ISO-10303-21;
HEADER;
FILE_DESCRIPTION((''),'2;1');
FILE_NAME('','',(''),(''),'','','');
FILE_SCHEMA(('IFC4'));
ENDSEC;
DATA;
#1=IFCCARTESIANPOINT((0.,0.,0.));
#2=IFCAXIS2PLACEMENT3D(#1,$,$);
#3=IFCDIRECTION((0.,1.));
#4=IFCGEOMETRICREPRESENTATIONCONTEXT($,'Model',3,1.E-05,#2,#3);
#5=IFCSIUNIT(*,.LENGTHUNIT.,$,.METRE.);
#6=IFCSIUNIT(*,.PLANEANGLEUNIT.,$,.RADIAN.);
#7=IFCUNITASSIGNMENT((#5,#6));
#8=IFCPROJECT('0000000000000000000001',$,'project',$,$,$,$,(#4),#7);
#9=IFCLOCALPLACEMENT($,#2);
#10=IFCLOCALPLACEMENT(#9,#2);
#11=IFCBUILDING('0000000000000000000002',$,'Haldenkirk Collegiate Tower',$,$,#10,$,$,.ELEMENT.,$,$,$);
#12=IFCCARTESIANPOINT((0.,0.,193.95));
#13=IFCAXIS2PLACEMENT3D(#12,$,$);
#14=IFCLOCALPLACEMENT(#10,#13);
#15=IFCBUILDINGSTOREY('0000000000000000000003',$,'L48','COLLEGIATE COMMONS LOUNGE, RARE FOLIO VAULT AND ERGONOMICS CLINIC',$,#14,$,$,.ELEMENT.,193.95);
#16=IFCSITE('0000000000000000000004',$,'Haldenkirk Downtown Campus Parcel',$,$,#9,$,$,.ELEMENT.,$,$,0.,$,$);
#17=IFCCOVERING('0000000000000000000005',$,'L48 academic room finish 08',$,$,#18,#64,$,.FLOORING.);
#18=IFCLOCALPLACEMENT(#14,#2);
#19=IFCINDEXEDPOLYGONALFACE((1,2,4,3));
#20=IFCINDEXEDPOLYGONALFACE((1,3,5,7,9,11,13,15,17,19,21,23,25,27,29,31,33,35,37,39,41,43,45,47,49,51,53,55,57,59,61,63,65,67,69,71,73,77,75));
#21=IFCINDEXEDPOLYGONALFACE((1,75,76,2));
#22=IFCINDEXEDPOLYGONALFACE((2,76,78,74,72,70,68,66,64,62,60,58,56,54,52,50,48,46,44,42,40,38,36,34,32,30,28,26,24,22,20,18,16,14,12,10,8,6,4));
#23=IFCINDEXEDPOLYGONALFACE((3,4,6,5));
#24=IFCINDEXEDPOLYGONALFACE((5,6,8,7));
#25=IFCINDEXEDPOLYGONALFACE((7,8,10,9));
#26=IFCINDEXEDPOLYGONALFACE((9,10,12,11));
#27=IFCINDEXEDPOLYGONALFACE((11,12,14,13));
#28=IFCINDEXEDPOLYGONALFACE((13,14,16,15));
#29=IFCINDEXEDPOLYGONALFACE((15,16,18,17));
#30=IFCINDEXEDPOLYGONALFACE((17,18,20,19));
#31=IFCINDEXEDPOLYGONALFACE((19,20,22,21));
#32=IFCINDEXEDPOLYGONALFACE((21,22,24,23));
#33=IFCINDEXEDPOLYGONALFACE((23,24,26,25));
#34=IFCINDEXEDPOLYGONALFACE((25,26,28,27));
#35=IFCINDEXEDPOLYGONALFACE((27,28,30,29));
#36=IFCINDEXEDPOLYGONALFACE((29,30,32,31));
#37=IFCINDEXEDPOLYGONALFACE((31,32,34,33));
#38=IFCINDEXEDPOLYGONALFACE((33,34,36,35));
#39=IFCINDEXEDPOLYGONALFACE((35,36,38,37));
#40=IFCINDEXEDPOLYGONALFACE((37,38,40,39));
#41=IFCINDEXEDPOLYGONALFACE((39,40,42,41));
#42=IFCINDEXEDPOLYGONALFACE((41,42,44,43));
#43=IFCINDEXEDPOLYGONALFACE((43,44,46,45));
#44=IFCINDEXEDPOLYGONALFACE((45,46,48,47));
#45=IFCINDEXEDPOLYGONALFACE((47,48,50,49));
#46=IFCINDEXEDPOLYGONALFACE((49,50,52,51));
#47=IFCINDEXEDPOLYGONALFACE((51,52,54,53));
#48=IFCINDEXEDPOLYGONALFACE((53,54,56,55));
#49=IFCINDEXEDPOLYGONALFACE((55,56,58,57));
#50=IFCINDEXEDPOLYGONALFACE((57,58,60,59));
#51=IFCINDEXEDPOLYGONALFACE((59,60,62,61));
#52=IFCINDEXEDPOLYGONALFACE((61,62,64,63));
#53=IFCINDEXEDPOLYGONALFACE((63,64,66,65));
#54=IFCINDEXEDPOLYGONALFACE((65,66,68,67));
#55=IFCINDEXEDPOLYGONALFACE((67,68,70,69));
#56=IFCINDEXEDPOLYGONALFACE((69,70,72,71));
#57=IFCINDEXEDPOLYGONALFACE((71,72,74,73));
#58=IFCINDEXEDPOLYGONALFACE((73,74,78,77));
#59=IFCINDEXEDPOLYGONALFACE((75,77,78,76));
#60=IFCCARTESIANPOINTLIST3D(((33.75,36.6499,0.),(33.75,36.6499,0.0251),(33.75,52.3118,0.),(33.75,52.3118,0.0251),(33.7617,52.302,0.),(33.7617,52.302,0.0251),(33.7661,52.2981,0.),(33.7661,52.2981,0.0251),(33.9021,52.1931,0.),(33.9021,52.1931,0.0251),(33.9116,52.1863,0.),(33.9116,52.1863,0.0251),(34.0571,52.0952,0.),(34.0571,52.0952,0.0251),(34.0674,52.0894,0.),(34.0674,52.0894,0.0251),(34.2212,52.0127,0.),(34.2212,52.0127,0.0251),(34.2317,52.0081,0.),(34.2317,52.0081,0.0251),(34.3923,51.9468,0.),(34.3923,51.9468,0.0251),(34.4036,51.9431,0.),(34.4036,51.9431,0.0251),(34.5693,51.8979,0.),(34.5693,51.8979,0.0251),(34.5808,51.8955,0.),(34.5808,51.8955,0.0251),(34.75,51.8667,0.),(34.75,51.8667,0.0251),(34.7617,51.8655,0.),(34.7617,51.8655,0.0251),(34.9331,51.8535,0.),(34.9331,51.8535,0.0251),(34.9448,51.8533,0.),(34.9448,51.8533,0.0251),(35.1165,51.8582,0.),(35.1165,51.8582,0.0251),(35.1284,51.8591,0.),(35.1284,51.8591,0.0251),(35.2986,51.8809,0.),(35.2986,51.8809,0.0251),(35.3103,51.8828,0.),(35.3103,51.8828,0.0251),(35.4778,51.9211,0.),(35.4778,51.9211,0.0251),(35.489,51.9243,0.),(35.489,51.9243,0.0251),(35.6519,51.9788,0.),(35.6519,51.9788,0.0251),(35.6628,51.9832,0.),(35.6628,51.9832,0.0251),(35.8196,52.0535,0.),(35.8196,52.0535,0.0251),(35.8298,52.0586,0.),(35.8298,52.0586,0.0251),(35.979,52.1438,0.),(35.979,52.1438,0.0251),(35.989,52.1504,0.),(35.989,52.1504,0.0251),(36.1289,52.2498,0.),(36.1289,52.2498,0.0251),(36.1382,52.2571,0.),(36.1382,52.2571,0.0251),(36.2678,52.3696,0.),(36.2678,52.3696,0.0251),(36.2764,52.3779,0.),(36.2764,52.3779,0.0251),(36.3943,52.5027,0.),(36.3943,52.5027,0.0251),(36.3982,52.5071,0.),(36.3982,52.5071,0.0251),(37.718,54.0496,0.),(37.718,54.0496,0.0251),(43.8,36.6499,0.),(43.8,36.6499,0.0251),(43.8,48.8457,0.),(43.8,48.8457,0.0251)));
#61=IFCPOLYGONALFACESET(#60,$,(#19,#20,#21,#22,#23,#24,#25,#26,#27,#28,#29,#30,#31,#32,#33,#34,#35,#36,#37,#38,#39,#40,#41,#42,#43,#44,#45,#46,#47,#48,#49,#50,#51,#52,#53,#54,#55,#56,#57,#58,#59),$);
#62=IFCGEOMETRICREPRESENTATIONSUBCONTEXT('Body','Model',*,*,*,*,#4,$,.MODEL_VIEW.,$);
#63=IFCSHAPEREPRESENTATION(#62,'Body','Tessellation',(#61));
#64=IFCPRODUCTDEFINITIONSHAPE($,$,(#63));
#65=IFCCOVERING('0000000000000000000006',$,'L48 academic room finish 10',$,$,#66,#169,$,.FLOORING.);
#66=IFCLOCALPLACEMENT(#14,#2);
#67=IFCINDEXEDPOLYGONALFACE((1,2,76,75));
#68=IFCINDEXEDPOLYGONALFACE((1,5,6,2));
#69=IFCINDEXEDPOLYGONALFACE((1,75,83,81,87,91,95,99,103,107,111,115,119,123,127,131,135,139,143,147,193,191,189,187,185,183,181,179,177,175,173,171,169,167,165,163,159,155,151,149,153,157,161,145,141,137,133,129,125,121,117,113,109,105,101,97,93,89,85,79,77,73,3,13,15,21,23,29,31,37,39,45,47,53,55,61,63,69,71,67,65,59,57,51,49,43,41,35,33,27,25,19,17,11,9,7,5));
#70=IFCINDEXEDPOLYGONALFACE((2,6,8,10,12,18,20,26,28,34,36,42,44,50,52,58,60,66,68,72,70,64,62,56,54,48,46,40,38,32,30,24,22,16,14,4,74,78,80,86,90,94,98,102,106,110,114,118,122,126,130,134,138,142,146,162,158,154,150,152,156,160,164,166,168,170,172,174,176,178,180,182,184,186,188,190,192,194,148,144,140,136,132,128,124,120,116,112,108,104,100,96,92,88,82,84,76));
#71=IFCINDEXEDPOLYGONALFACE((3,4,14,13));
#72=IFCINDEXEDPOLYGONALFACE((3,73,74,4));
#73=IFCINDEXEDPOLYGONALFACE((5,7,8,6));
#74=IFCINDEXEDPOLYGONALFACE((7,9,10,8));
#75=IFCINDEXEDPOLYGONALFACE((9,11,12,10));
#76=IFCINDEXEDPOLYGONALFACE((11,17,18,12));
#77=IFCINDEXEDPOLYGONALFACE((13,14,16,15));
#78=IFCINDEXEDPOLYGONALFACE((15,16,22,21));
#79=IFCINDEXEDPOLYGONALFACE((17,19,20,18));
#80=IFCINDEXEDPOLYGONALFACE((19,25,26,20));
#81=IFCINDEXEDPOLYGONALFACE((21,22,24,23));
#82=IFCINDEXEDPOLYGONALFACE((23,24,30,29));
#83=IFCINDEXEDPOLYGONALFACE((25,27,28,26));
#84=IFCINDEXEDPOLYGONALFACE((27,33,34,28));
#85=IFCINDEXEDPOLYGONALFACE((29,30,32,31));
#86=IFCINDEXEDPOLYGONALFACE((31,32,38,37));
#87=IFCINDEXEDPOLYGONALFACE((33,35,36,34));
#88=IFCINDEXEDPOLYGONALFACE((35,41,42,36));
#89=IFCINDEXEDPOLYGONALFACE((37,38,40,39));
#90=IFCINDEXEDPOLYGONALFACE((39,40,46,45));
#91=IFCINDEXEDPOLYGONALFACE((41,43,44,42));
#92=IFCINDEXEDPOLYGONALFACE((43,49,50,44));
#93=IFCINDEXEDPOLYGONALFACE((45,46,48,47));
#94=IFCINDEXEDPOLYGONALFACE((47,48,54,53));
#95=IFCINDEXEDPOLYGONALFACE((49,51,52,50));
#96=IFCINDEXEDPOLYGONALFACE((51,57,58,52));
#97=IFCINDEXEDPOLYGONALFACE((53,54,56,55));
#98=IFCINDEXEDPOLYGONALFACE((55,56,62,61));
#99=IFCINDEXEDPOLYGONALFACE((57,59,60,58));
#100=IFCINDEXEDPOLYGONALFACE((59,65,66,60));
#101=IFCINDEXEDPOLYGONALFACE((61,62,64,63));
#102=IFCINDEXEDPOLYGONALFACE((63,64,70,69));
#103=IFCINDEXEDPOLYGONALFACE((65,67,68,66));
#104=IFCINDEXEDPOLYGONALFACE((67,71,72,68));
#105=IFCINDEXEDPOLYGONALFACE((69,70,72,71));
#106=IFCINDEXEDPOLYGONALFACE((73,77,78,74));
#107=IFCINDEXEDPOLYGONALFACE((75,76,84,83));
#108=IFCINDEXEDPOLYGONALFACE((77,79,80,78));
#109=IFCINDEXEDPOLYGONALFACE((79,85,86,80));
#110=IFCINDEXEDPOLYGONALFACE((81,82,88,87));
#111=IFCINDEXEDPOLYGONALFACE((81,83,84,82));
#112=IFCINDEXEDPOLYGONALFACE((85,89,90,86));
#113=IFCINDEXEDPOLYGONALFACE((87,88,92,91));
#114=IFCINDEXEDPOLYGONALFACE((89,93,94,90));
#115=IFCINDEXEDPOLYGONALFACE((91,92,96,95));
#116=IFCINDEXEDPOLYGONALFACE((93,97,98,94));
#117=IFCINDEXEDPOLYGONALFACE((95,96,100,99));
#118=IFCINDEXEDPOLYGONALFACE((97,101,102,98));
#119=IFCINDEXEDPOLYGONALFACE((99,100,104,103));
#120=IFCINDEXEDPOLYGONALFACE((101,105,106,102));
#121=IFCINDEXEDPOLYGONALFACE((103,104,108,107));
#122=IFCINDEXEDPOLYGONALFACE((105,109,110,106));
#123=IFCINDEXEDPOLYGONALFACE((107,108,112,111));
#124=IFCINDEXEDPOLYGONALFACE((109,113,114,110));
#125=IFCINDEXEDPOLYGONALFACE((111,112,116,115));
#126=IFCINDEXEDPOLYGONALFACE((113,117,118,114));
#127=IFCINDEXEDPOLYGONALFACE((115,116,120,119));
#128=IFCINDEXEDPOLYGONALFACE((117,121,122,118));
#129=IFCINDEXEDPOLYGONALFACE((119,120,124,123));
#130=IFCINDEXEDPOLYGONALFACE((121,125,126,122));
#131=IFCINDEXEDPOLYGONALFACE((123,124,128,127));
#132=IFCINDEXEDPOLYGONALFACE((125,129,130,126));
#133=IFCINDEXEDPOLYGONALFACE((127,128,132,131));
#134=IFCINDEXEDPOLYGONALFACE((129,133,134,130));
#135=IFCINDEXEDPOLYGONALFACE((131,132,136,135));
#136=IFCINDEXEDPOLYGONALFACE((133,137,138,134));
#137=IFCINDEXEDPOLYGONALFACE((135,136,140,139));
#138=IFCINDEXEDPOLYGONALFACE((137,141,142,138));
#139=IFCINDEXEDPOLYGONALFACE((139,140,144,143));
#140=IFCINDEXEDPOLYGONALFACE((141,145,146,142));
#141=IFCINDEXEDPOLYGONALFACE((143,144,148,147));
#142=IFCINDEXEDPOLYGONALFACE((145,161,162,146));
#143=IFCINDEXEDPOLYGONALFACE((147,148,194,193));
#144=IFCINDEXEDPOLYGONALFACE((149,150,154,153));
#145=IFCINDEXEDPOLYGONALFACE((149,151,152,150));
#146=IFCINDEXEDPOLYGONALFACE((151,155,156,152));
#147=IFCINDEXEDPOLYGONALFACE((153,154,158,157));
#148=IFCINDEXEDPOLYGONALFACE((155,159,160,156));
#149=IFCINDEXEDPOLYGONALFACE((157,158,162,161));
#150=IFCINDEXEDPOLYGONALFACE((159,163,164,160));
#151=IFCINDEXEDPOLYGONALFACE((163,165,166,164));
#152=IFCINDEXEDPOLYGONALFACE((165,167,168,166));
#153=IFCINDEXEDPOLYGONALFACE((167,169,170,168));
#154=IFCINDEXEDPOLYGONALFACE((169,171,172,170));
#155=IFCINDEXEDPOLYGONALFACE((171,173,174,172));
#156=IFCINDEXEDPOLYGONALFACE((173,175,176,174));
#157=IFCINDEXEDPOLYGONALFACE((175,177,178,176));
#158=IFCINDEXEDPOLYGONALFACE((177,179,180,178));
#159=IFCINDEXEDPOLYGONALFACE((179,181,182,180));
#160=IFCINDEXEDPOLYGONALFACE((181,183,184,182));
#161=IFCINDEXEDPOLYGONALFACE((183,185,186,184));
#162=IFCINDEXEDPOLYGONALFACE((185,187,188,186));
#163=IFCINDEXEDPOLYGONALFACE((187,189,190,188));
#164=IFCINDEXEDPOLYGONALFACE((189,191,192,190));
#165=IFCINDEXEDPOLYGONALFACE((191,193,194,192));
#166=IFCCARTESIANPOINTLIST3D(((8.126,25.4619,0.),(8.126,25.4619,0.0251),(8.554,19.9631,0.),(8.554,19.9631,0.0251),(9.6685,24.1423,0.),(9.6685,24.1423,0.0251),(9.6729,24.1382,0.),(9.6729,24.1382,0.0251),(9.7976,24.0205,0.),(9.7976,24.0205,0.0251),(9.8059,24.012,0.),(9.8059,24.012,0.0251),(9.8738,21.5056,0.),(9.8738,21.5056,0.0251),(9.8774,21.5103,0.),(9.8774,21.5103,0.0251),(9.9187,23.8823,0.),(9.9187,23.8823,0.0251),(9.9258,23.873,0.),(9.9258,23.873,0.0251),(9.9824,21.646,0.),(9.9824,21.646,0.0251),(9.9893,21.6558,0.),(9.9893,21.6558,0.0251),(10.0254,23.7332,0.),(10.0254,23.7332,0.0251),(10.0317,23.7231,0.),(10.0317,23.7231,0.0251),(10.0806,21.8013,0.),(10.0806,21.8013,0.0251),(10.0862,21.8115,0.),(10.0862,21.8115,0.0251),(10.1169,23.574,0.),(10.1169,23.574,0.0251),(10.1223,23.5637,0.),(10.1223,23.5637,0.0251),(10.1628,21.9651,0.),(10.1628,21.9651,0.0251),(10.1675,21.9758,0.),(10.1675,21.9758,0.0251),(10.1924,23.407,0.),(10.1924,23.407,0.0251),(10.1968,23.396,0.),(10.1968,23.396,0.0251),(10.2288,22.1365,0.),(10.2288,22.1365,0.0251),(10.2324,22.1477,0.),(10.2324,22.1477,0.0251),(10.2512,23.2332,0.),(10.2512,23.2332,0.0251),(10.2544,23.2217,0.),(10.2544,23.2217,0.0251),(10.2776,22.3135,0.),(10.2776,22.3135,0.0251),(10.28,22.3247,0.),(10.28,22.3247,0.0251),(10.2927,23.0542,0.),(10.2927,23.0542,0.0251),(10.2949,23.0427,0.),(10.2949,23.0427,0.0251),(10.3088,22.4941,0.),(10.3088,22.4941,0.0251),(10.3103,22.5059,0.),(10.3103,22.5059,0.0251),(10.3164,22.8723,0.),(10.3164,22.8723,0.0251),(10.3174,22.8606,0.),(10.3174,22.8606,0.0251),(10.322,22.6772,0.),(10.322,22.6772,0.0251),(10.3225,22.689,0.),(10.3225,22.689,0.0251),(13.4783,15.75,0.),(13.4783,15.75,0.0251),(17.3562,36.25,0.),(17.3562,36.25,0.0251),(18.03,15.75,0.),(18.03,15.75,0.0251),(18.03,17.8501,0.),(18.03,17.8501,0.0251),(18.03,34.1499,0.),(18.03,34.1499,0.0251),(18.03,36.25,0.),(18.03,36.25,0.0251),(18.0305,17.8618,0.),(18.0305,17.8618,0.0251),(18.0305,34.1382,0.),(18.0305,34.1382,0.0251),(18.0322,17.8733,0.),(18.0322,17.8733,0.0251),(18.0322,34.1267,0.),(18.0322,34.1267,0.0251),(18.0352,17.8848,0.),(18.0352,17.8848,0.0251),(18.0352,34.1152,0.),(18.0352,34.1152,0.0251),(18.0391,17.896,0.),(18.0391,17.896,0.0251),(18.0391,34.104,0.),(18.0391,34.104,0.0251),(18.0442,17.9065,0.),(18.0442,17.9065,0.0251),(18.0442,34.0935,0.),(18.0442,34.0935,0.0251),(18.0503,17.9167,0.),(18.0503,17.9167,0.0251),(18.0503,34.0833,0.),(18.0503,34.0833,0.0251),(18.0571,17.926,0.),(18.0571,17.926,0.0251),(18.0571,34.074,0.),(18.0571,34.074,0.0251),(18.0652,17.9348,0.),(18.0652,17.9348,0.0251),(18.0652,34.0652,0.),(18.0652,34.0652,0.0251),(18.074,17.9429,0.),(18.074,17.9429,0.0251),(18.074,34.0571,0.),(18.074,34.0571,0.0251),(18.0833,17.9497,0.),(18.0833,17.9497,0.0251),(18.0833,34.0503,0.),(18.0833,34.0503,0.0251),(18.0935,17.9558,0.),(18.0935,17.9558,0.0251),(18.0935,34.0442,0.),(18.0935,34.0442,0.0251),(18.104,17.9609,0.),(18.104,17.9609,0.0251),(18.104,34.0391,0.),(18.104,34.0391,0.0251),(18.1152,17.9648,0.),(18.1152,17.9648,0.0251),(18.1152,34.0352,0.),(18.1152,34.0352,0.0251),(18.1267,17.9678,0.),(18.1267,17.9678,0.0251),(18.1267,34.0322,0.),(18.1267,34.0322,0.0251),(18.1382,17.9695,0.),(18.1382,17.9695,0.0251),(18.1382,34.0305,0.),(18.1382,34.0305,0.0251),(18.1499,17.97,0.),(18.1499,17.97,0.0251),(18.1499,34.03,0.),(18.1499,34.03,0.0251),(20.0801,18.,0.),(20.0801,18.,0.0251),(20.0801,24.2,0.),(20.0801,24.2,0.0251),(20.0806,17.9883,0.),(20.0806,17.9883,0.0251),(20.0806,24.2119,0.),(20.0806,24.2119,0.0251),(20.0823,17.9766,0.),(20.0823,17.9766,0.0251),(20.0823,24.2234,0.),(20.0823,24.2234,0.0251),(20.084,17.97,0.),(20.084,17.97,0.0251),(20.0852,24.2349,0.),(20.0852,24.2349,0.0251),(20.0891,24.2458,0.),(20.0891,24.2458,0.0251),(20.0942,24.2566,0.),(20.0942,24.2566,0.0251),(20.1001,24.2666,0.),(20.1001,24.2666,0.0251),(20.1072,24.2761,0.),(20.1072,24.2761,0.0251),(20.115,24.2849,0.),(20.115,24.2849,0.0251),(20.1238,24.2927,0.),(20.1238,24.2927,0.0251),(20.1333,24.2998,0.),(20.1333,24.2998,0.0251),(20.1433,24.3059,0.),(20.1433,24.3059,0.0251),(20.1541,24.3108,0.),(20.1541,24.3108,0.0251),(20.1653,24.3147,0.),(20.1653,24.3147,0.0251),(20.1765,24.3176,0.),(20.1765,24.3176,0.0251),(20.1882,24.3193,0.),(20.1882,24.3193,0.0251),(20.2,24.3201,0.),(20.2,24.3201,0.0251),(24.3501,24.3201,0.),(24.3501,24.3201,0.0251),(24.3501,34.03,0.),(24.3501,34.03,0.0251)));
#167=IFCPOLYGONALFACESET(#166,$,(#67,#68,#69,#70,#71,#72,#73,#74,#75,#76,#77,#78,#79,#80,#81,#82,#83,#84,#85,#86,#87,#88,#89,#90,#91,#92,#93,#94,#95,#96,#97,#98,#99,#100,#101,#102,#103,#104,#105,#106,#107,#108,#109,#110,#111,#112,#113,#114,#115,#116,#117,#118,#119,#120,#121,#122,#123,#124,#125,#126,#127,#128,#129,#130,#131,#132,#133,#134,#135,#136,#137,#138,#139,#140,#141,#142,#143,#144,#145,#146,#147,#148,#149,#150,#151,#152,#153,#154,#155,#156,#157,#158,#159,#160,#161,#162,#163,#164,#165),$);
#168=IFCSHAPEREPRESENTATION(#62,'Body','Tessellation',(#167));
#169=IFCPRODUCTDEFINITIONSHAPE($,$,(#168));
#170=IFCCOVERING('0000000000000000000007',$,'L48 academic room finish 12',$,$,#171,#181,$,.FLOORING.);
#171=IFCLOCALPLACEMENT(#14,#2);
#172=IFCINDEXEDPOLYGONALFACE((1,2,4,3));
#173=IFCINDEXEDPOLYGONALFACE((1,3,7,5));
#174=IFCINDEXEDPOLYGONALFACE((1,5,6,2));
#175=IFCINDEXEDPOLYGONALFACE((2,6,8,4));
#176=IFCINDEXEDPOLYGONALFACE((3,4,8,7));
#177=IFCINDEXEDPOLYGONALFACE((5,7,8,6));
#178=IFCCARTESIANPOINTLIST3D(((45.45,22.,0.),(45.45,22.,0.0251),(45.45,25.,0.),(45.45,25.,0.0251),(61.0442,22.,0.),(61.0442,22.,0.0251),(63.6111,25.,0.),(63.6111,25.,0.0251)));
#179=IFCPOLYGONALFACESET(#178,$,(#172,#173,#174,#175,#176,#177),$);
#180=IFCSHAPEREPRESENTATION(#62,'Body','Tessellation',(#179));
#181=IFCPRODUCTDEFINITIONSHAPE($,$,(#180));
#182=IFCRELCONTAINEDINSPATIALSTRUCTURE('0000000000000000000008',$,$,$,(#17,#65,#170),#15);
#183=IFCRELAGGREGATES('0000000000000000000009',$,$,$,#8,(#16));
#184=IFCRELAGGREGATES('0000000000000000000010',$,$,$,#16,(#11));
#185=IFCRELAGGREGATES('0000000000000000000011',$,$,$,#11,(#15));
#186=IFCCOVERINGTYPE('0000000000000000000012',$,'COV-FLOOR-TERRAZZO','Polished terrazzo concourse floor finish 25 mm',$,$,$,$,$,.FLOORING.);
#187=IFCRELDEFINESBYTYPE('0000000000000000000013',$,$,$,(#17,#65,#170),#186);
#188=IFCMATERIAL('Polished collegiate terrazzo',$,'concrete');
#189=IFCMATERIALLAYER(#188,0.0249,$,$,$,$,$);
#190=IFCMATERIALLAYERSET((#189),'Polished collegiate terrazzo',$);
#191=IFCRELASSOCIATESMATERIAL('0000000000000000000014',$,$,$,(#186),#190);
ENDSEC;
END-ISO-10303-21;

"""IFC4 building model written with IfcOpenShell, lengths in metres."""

from ifc_helpers import new_model, si_unit, direction, frame, origin, place, context, subcontext, project, spatial, polyline, outline, extrude, material, layer, layer_set, type_object, element, save


model = new_model("IFC4")

# Units and contexts
model_context = context("Model", 3, precision=1e-05, world=origin(), true_north=direction((0.0, 1.0)))
body_context = subcontext(model_context, "Body", "Model", "MODEL_VIEW")
ifc_project = project(units=[si_unit("LENGTHUNIT", "METRE"), si_unit("PLANEANGLEUNIT", "RADIAN")], contexts=[model_context])

# Site, building, storey
site_placement = place(None, origin())
site = spatial("IfcSite", under=ifc_project, at=site_placement, Name="Haldenkirk Downtown Campus Parcel", CompositionType="ELEMENT", RefElevation=0.0)
building_placement = place(site_placement, origin())
building = spatial("IfcBuilding", under=site, at=building_placement, Name="Haldenkirk Collegiate Tower", CompositionType="ELEMENT")
storey_placement = place(building_placement, frame((0.0, 0.0, 193.95)))
storey = spatial("IfcBuildingStorey", under=building, at=storey_placement, Name="L48", Description="COLLEGIATE COMMONS LOUNGE, RARE FOLIO VAULT AND ERGONOMICS CLINIC", CompositionType="ELEMENT", Elevation=193.95)

# Coverings
ifc_material_1 = material(Name="Polished collegiate terrazzo", Category="concrete")
ifc_layer_1 = layer(ifc_material_1, 0.0249)
ifc_layer_set_1 = layer_set([ifc_layer_1], Name="Polished collegiate terrazzo")
covering_type_1 = type_object("IfcCoveringType", Name="COV-FLOOR-TERRAZZO", Description="Polished terrazzo concourse floor finish 25 mm", PredefinedType="FLOORING", material=ifc_layer_set_1)
covering_1_placement = place(storey_placement, origin())
element("IfcCovering", 1, at=covering_1_placement, inside=storey, type_object=covering_type_1, Name="L48 academic room finish 08", PredefinedType="FLOORING", context=body_context, shape_type="SweptSolid", body=[
    extrude(outline(polyline([(33.7617, 52.302), (33.7661, 52.2981), (33.9021, 52.1931), (33.9116, 52.1863), (34.0571, 52.0952), (34.0674, 52.0894), (34.2212, 52.0127), (34.2317, 52.0081), (34.3923, 51.9468), (34.4036, 51.9431), (34.5693, 51.8979), (34.5808, 51.8955), (34.75, 51.8667), (34.7617, 51.8655), (34.9331, 51.8535), (34.9448, 51.8533), (35.1165, 51.8582), (35.1284, 51.8591), (35.2986, 51.8809), (35.3103, 51.8828), (35.4778, 51.9211), (35.489, 51.9243), (35.6519, 51.9788), (35.6628, 51.9832), (35.8196, 52.0535), (35.8298, 52.0586), (35.979, 52.1438), (35.989, 52.1504), (36.1289, 52.2498), (36.1382, 52.2571), (36.2678, 52.3696), (36.2764, 52.3779), (36.3943, 52.5027), (36.3982, 52.5071), (37.718, 54.0496), (43.8, 48.8457), (43.8, 36.6499), (33.75, 36.6499), (33.75, 52.3118), (33.7617, 52.302)])), origin(), (0.0, 0.0, 1.0), 0.0251),
])
covering_2_placement = place(storey_placement, origin())
element("IfcCovering", 2, at=covering_2_placement, inside=storey, type_object=covering_type_1, Name="L48 academic room finish 10", PredefinedType="FLOORING", context=body_context, shape_type="SweptSolid", body=[
    extrude(outline(polyline([(9.8738, 21.5056), (9.8774, 21.5103), (9.9824, 21.646), (9.9893, 21.6558), (10.0806, 21.8013), (10.0862, 21.8115), (10.1628, 21.9651), (10.1675, 21.9758), (10.2288, 22.1365), (10.2324, 22.1477), (10.2776, 22.3135), (10.28, 22.3247), (10.3088, 22.4941), (10.3103, 22.5059), (10.322, 22.6772), (10.3225, 22.689), (10.3174, 22.8606), (10.3164, 22.8723), (10.2949, 23.0427), (10.2927, 23.0542), (10.2544, 23.2217), (10.2512, 23.2332), (10.1968, 23.396), (10.1924, 23.407), (10.1223, 23.5637), (10.1169, 23.574), (10.0317, 23.7231), (10.0254, 23.7332), (9.9258, 23.873), (9.9187, 23.8823), (9.8059, 24.012), (9.7976, 24.0205), (9.6729, 24.1382), (9.6685, 24.1423), (8.126, 25.4619), (17.3562, 36.25), (18.03, 36.25), (18.03, 34.1499), (18.0305, 34.1382), (18.0322, 34.1267), (18.0352, 34.1152), (18.0391, 34.104), (18.0442, 34.0935), (18.0503, 34.0833), (18.0571, 34.074), (18.0652, 34.0652), (18.074, 34.0571), (18.0833, 34.0503), (18.0935, 34.0442), (18.104, 34.0391), (18.1152, 34.0352), (18.1267, 34.0322), (18.1382, 34.0305), (18.1499, 34.03), (24.3501, 34.03), (24.3501, 24.3201), (20.2, 24.3201), (20.1882, 24.3193), (20.1765, 24.3176), (20.1653, 24.3147), (20.1541, 24.3108), (20.1433, 24.3059), (20.1333, 24.2998), (20.1238, 24.2927), (20.115, 24.2849), (20.1072, 24.2761), (20.1001, 24.2666), (20.0942, 24.2566), (20.0891, 24.2458), (20.0852, 24.2349), (20.0823, 24.2234), (20.0806, 24.2119), (20.0801, 24.2), (20.0801, 18.0), (20.0806, 17.9883), (20.0823, 17.9766), (20.084, 17.97), (18.1499, 17.97), (18.1382, 17.9695), (18.1267, 17.9678), (18.1152, 17.9648), (18.104, 17.9609), (18.0935, 17.9558), (18.0833, 17.9497), (18.074, 17.9429), (18.0652, 17.9348), (18.0571, 17.926), (18.0503, 17.9167), (18.0442, 17.9065), (18.0391, 17.896), (18.0352, 17.8848), (18.0322, 17.8733), (18.0305, 17.8618), (18.03, 17.8501), (18.03, 15.75), (13.4783, 15.75), (8.554, 19.9631), (9.8738, 21.5056)])), origin(), (0.0, 0.0, 1.0), 0.0251),
])
covering_3_placement = place(storey_placement, origin())
element("IfcCovering", 3, at=covering_3_placement, inside=storey, type_object=covering_type_1, Name="L48 academic room finish 12", PredefinedType="FLOORING", context=body_context, shape_type="SweptSolid", body=[
    extrude(outline(polyline([(61.0442, 22.0), (45.45, 22.0), (45.45, 25.0), (63.6111, 25.0), (61.0442, 22.0)])), origin(), (0.0, 0.0, 1.0), 0.0251),
])

save(model, "model.ifc")
